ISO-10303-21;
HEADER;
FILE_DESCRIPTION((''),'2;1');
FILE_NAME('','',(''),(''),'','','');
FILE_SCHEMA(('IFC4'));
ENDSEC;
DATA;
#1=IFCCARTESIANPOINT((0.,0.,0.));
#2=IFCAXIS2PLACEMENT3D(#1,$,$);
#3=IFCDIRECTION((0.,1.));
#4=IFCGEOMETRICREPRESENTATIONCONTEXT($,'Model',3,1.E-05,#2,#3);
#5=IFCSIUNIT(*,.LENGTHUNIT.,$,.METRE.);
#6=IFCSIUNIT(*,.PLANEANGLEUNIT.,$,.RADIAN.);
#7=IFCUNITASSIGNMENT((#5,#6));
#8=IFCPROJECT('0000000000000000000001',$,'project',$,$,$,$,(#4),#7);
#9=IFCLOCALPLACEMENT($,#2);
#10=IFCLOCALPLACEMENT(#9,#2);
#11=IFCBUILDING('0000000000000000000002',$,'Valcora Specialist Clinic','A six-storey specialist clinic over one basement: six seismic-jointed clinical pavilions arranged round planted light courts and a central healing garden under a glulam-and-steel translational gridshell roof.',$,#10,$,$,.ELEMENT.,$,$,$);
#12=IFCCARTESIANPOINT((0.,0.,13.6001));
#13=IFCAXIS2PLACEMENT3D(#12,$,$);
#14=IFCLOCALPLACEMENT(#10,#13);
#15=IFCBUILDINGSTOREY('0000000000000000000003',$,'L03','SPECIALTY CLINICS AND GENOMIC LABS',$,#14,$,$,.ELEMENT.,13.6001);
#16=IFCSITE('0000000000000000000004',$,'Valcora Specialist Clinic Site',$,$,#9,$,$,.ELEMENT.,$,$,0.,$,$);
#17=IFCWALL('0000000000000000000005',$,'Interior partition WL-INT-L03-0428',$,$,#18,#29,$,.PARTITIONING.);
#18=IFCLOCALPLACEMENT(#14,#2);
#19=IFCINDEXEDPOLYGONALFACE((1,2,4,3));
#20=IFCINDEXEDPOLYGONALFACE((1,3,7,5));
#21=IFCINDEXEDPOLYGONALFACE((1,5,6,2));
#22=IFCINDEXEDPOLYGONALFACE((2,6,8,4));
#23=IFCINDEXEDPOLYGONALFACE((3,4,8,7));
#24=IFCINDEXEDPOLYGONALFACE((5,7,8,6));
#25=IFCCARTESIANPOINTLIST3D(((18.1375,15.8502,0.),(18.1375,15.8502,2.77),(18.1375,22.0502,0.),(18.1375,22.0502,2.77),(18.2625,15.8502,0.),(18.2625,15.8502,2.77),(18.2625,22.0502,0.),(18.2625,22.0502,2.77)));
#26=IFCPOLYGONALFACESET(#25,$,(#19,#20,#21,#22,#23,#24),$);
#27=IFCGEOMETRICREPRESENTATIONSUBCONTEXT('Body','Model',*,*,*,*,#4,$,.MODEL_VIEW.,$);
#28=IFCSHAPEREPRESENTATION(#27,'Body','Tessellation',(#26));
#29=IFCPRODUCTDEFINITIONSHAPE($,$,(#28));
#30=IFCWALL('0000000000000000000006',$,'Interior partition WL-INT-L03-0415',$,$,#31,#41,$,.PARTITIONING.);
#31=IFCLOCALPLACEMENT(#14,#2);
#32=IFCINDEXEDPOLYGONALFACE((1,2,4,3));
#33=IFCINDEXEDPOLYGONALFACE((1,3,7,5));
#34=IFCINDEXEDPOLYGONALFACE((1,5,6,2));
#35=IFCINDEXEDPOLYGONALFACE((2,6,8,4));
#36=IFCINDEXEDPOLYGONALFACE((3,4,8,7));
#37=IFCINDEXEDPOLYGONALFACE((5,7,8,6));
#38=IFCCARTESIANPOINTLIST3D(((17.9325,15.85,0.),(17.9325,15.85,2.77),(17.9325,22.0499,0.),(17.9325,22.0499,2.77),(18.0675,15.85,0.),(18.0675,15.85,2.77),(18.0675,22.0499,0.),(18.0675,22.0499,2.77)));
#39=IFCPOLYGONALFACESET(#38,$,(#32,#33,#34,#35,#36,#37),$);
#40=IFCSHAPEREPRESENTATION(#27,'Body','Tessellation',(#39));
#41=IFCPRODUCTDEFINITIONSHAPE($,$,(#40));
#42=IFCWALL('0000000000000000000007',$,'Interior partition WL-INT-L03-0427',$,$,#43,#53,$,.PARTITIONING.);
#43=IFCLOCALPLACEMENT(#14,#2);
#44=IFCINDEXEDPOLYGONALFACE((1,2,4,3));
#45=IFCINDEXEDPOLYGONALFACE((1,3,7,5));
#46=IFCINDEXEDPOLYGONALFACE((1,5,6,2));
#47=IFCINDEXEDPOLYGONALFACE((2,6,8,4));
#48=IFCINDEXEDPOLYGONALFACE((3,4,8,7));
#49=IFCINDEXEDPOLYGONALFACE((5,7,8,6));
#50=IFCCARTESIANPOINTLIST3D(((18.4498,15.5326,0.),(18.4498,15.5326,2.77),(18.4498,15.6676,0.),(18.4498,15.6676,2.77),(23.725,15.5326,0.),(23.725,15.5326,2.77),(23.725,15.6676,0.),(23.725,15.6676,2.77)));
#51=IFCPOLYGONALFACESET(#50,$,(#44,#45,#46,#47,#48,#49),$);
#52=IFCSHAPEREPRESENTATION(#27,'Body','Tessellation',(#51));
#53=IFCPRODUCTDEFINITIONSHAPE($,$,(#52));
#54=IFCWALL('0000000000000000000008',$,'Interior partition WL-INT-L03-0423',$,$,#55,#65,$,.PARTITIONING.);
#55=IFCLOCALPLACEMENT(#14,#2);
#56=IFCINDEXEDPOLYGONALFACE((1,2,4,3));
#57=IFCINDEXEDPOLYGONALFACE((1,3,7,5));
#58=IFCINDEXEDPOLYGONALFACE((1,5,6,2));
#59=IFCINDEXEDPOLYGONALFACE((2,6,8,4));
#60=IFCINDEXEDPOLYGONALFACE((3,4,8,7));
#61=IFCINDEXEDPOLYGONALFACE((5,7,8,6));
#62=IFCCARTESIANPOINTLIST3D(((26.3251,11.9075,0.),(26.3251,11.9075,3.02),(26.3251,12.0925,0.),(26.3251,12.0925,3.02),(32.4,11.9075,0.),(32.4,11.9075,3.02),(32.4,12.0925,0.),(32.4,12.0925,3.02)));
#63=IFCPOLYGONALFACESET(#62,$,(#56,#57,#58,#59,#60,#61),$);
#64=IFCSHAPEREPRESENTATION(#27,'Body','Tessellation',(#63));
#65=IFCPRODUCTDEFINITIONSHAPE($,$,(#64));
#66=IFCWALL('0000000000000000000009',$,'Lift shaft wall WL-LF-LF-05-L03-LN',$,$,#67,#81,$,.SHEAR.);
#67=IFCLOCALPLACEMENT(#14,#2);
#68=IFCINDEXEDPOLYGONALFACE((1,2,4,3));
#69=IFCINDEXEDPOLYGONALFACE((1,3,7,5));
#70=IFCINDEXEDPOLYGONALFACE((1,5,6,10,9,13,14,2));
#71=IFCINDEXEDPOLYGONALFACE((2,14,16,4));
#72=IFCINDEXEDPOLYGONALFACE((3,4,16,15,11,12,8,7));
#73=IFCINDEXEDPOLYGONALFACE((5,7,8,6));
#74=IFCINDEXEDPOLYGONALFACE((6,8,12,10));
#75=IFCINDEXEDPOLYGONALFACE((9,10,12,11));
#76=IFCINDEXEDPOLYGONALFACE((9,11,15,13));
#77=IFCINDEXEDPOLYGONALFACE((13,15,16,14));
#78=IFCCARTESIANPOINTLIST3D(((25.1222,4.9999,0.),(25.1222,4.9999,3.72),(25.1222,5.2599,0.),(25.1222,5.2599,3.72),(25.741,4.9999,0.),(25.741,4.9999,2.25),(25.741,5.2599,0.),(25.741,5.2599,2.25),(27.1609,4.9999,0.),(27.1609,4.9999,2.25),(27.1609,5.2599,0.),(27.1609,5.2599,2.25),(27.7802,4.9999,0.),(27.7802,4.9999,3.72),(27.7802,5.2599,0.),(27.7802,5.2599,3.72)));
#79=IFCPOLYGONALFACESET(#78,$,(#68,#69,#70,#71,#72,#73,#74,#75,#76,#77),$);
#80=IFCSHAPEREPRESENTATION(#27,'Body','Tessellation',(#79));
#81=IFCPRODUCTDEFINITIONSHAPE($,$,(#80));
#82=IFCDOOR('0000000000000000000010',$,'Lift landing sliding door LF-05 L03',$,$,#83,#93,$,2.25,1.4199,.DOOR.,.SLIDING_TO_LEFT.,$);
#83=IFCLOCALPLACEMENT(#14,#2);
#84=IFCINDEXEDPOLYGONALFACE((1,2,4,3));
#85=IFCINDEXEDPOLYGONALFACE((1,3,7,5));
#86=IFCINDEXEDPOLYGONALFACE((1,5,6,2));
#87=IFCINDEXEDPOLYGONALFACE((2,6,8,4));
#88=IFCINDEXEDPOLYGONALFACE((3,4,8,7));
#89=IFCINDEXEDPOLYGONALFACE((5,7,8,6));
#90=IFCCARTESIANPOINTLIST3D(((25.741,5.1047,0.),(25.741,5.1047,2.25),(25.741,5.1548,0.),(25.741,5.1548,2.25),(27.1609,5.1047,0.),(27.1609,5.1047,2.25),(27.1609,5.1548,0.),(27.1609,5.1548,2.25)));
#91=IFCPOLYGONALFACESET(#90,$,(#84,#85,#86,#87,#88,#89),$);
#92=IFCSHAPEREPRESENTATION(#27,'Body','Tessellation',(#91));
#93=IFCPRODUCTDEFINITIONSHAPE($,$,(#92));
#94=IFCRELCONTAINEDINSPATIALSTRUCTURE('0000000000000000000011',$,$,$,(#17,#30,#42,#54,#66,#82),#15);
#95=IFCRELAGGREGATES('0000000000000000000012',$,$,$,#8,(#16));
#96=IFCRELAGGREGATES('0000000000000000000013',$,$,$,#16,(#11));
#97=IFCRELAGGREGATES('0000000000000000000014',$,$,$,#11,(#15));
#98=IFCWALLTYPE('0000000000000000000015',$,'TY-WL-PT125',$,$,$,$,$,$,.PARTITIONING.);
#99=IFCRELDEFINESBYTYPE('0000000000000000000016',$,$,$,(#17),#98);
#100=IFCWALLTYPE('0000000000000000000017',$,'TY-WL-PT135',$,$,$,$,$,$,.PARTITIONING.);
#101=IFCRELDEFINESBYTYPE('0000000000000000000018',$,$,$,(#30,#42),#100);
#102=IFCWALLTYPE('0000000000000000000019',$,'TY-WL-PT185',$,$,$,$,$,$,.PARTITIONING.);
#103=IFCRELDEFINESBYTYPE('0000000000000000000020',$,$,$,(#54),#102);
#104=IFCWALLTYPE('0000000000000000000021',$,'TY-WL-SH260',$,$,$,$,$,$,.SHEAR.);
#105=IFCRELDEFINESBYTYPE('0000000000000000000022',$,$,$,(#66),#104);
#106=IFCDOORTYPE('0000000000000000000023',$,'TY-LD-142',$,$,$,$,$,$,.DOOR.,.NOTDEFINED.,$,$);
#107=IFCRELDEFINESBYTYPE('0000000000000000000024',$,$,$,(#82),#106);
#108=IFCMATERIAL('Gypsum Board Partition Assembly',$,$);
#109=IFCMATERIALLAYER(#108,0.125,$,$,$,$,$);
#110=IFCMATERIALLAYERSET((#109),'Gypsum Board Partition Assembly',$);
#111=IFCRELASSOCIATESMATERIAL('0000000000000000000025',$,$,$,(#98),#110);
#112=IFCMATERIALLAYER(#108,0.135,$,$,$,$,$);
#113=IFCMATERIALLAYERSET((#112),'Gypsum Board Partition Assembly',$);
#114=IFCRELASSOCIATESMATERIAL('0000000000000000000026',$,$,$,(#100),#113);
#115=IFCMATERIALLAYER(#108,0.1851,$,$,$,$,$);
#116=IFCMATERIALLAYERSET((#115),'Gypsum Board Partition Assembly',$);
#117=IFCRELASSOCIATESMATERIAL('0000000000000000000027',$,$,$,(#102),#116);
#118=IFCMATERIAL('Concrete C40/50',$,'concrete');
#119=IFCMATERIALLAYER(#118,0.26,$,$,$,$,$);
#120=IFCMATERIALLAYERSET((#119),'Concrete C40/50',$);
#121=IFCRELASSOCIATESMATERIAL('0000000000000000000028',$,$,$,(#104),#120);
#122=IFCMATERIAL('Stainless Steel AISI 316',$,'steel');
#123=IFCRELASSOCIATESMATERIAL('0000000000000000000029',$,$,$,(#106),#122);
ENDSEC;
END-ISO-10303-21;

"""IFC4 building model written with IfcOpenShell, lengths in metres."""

from ifc_helpers import new_model, si_unit, direction, frame, frame_2d, origin, place, context, subcontext, project, spatial, rectangle, extrude, material, layer, layer_set, type_object, element, fill, save


model = new_model("IFC4")

# Units and contexts
model_context = context("Model", 3, precision=1e-05, world=origin(), true_north=direction((0.0, 1.0)))
body_context = subcontext(model_context, "Body", "Model", "MODEL_VIEW")
ifc_project = project(units=[si_unit("LENGTHUNIT", "METRE"), si_unit("PLANEANGLEUNIT", "RADIAN")], contexts=[model_context])

# Site, building, storey
site_placement = place(None, origin())
site = spatial("IfcSite", under=ifc_project, at=site_placement, Name="Valcora Specialist Clinic Site", CompositionType="ELEMENT", RefElevation=0.0)
building_placement = place(site_placement, origin())
building = spatial("IfcBuilding", under=site, at=building_placement, Name="Valcora Specialist Clinic", Description="A six-storey specialist clinic over one basement: six seismic-jointed clinical pavilions arranged round planted light courts and a central healing garden under a glulam-and-steel translational gridshell roof.", CompositionType="ELEMENT")
storey_placement = place(building_placement, frame((0.0, 0.0, 13.6001)))
storey = spatial("IfcBuildingStorey", under=building, at=storey_placement, Name="L03", Description="SPECIALTY CLINICS AND GENOMIC LABS", CompositionType="ELEMENT", Elevation=13.6001)

# Shared definitions
ifc_material_1 = material(Name="Concrete C40/50", Category="concrete")

# Shared definitions
ifc_material_2 = material(Name="Gypsum Board Partition Assembly")
ifc_layer_1 = layer(ifc_material_2, 0.125)
ifc_layer_set_1 = layer_set([ifc_layer_1], Name="Gypsum Board Partition Assembly")
wall_type_1 = type_object("IfcWallType", Name="TY-WL-PT125", PredefinedType="PARTITIONING", material=ifc_layer_set_1)

# Walls
wall_1_placement = place(storey_placement, frame((18.2, 15.8501, 0.0), z_axis=(0.0, 0.0, 1.0), x_axis=(0.0, 1.0, 0.0)))
element("IfcWall", 1, at=wall_1_placement, inside=storey, type_object=wall_type_1, Name="Interior partition WL-INT-L03-0428", PredefinedType="PARTITIONING", context=body_context, shape_type="SweptSolid", body=[
    extrude(rectangle(XDim=6.2, YDim=0.125, at=frame_2d((3.1001, 0.0))), origin(), (0.0, 0.0, 1.0), 2.77),
])
ifc_layer_2 = layer(ifc_material_2, 0.135)
ifc_layer_set_2 = layer_set([ifc_layer_2], Name="Gypsum Board Partition Assembly")
wall_type_2 = type_object("IfcWallType", Name="TY-WL-PT135", PredefinedType="PARTITIONING", material=ifc_layer_set_2)
wall_2_placement = place(storey_placement, frame((18.0, 22.05, 0.0), z_axis=(0.0, 0.0, 1.0), x_axis=(0.0, -1.0, 0.0)))
element("IfcWall", 2, at=wall_2_placement, inside=storey, type_object=wall_type_2, Name="Interior partition WL-INT-L03-0415", PredefinedType="PARTITIONING", context=body_context, shape_type="SweptSolid", body=[
    extrude(rectangle(XDim=6.2, YDim=0.135, at=frame_2d((3.1001, 0.0))), origin(), (0.0, 0.0, 1.0), 2.77),
])
wall_3_placement = place(storey_placement, frame((23.7251, 15.6001, 0.0), z_axis=(0.0, 0.0, 1.0), x_axis=(-1.0, 0.0, 0.0)))
element("IfcWall", 3, at=wall_3_placement, inside=storey, type_object=wall_type_2, Name="Interior partition WL-INT-L03-0427", PredefinedType="PARTITIONING", context=body_context, shape_type="SweptSolid", body=[
    extrude(rectangle(XDim=5.2751, YDim=0.135, at=frame_2d((2.6377, 0.0))), origin(), (0.0, 0.0, 1.0), 2.77),
])

# Shared definitions
ifc_layer_3 = layer(ifc_material_2, 0.1851)
ifc_layer_set_3 = layer_set([ifc_layer_3], Name="Gypsum Board Partition Assembly")
wall_type_3 = type_object("IfcWallType", Name="TY-WL-PT185", PredefinedType="PARTITIONING", material=ifc_layer_set_3)
ifc_material_3 = material(Name="Stainless Steel AISI 316", Category="steel")

# Wall
wall_4_placement = place(storey_placement, frame((26.325, 12.0, 0.0), z_axis=(0.0, 0.0, 1.0), x_axis=(1.0, 0.0, 0.0)))
element("IfcWall", 4, at=wall_4_placement, inside=storey, type_object=wall_type_3, Name="Interior partition WL-INT-L03-0423", PredefinedType="PARTITIONING", context=body_context, shape_type="SweptSolid", body=[
    extrude(rectangle(XDim=6.075, YDim=0.1851, at=frame_2d((3.0376, 0.0))), origin(), (0.0, 0.0, 1.0), 3.02),
])

# Wall, opening, door
ifc_layer_4 = layer(ifc_material_1, 0.26)
ifc_layer_set_4 = layer_set([ifc_layer_4], Name="Concrete C40/50")
wall_type_4 = type_object("IfcWallType", Name="TY-WL-SH260", PredefinedType="SHEAR", material=ifc_layer_set_4)
wall_5_placement = place(storey_placement, frame((25.1221, 5.1299, 0.0), z_axis=(0.0, 0.0, 1.0), x_axis=(1.0, 0.0, 0.0)))
wall_5 = element("IfcWall", 5, at=wall_5_placement, inside=storey, type_object=wall_type_4, Name="Lift shaft wall WL-LF-LF-05-L03-LN", PredefinedType="SHEAR", context=body_context, shape_type="SweptSolid", body=[
    extrude(rectangle(XDim=2.658, YDim=0.26, at=frame_2d((1.3291, 0.0))), origin(), (0.0, 0.0, 1.0), 3.72),
])
opening_1_placement = place(wall_5_placement, frame((0.6189, 0.0, 0.0)))
opening_1 = element("IfcOpeningElement", 6, at=opening_1_placement, cuts=wall_5, PredefinedType="OPENING", context=body_context, shape_type="SweptSolid", body=[
    extrude(rectangle(XDim=1.4199, YDim=2.25, at=frame_2d((0.71, 1.125))), frame((0.0, 0.1399, 0.0), z_axis=(0.0, -1.0, 0.0), x_axis=(1.0, 0.0, 0.0)), (0.0, 0.0, 1.0), 0.28),
])
door_type_1 = type_object("IfcDoorType", Name="TY-LD-142", OperationType="NOTDEFINED", PredefinedType="DOOR", material=ifc_material_3)
door_1_placement = place(opening_1_placement, origin())
door_1 = element("IfcDoor", 7, at=door_1_placement, inside=storey, type_object=door_type_1, Name="Lift landing sliding door LF-05 L03", OperationType="SLIDING_TO_LEFT", OverallHeight=2.25, OverallWidth=1.4199, PredefinedType="DOOR", context=body_context, shape_type="SweptSolid", body=[
    extrude(rectangle(XDim=1.4199, YDim=2.25, at=frame_2d((0.71, 1.125))), frame((0.0, 0.0249, 0.0), z_axis=(0.0, -1.0, 0.0), x_axis=(1.0, 0.0, 0.0)), (0.0, 0.0, 1.0), 0.05),
])
fill(opening_1, door_1)

save(model, "model.ifc")
